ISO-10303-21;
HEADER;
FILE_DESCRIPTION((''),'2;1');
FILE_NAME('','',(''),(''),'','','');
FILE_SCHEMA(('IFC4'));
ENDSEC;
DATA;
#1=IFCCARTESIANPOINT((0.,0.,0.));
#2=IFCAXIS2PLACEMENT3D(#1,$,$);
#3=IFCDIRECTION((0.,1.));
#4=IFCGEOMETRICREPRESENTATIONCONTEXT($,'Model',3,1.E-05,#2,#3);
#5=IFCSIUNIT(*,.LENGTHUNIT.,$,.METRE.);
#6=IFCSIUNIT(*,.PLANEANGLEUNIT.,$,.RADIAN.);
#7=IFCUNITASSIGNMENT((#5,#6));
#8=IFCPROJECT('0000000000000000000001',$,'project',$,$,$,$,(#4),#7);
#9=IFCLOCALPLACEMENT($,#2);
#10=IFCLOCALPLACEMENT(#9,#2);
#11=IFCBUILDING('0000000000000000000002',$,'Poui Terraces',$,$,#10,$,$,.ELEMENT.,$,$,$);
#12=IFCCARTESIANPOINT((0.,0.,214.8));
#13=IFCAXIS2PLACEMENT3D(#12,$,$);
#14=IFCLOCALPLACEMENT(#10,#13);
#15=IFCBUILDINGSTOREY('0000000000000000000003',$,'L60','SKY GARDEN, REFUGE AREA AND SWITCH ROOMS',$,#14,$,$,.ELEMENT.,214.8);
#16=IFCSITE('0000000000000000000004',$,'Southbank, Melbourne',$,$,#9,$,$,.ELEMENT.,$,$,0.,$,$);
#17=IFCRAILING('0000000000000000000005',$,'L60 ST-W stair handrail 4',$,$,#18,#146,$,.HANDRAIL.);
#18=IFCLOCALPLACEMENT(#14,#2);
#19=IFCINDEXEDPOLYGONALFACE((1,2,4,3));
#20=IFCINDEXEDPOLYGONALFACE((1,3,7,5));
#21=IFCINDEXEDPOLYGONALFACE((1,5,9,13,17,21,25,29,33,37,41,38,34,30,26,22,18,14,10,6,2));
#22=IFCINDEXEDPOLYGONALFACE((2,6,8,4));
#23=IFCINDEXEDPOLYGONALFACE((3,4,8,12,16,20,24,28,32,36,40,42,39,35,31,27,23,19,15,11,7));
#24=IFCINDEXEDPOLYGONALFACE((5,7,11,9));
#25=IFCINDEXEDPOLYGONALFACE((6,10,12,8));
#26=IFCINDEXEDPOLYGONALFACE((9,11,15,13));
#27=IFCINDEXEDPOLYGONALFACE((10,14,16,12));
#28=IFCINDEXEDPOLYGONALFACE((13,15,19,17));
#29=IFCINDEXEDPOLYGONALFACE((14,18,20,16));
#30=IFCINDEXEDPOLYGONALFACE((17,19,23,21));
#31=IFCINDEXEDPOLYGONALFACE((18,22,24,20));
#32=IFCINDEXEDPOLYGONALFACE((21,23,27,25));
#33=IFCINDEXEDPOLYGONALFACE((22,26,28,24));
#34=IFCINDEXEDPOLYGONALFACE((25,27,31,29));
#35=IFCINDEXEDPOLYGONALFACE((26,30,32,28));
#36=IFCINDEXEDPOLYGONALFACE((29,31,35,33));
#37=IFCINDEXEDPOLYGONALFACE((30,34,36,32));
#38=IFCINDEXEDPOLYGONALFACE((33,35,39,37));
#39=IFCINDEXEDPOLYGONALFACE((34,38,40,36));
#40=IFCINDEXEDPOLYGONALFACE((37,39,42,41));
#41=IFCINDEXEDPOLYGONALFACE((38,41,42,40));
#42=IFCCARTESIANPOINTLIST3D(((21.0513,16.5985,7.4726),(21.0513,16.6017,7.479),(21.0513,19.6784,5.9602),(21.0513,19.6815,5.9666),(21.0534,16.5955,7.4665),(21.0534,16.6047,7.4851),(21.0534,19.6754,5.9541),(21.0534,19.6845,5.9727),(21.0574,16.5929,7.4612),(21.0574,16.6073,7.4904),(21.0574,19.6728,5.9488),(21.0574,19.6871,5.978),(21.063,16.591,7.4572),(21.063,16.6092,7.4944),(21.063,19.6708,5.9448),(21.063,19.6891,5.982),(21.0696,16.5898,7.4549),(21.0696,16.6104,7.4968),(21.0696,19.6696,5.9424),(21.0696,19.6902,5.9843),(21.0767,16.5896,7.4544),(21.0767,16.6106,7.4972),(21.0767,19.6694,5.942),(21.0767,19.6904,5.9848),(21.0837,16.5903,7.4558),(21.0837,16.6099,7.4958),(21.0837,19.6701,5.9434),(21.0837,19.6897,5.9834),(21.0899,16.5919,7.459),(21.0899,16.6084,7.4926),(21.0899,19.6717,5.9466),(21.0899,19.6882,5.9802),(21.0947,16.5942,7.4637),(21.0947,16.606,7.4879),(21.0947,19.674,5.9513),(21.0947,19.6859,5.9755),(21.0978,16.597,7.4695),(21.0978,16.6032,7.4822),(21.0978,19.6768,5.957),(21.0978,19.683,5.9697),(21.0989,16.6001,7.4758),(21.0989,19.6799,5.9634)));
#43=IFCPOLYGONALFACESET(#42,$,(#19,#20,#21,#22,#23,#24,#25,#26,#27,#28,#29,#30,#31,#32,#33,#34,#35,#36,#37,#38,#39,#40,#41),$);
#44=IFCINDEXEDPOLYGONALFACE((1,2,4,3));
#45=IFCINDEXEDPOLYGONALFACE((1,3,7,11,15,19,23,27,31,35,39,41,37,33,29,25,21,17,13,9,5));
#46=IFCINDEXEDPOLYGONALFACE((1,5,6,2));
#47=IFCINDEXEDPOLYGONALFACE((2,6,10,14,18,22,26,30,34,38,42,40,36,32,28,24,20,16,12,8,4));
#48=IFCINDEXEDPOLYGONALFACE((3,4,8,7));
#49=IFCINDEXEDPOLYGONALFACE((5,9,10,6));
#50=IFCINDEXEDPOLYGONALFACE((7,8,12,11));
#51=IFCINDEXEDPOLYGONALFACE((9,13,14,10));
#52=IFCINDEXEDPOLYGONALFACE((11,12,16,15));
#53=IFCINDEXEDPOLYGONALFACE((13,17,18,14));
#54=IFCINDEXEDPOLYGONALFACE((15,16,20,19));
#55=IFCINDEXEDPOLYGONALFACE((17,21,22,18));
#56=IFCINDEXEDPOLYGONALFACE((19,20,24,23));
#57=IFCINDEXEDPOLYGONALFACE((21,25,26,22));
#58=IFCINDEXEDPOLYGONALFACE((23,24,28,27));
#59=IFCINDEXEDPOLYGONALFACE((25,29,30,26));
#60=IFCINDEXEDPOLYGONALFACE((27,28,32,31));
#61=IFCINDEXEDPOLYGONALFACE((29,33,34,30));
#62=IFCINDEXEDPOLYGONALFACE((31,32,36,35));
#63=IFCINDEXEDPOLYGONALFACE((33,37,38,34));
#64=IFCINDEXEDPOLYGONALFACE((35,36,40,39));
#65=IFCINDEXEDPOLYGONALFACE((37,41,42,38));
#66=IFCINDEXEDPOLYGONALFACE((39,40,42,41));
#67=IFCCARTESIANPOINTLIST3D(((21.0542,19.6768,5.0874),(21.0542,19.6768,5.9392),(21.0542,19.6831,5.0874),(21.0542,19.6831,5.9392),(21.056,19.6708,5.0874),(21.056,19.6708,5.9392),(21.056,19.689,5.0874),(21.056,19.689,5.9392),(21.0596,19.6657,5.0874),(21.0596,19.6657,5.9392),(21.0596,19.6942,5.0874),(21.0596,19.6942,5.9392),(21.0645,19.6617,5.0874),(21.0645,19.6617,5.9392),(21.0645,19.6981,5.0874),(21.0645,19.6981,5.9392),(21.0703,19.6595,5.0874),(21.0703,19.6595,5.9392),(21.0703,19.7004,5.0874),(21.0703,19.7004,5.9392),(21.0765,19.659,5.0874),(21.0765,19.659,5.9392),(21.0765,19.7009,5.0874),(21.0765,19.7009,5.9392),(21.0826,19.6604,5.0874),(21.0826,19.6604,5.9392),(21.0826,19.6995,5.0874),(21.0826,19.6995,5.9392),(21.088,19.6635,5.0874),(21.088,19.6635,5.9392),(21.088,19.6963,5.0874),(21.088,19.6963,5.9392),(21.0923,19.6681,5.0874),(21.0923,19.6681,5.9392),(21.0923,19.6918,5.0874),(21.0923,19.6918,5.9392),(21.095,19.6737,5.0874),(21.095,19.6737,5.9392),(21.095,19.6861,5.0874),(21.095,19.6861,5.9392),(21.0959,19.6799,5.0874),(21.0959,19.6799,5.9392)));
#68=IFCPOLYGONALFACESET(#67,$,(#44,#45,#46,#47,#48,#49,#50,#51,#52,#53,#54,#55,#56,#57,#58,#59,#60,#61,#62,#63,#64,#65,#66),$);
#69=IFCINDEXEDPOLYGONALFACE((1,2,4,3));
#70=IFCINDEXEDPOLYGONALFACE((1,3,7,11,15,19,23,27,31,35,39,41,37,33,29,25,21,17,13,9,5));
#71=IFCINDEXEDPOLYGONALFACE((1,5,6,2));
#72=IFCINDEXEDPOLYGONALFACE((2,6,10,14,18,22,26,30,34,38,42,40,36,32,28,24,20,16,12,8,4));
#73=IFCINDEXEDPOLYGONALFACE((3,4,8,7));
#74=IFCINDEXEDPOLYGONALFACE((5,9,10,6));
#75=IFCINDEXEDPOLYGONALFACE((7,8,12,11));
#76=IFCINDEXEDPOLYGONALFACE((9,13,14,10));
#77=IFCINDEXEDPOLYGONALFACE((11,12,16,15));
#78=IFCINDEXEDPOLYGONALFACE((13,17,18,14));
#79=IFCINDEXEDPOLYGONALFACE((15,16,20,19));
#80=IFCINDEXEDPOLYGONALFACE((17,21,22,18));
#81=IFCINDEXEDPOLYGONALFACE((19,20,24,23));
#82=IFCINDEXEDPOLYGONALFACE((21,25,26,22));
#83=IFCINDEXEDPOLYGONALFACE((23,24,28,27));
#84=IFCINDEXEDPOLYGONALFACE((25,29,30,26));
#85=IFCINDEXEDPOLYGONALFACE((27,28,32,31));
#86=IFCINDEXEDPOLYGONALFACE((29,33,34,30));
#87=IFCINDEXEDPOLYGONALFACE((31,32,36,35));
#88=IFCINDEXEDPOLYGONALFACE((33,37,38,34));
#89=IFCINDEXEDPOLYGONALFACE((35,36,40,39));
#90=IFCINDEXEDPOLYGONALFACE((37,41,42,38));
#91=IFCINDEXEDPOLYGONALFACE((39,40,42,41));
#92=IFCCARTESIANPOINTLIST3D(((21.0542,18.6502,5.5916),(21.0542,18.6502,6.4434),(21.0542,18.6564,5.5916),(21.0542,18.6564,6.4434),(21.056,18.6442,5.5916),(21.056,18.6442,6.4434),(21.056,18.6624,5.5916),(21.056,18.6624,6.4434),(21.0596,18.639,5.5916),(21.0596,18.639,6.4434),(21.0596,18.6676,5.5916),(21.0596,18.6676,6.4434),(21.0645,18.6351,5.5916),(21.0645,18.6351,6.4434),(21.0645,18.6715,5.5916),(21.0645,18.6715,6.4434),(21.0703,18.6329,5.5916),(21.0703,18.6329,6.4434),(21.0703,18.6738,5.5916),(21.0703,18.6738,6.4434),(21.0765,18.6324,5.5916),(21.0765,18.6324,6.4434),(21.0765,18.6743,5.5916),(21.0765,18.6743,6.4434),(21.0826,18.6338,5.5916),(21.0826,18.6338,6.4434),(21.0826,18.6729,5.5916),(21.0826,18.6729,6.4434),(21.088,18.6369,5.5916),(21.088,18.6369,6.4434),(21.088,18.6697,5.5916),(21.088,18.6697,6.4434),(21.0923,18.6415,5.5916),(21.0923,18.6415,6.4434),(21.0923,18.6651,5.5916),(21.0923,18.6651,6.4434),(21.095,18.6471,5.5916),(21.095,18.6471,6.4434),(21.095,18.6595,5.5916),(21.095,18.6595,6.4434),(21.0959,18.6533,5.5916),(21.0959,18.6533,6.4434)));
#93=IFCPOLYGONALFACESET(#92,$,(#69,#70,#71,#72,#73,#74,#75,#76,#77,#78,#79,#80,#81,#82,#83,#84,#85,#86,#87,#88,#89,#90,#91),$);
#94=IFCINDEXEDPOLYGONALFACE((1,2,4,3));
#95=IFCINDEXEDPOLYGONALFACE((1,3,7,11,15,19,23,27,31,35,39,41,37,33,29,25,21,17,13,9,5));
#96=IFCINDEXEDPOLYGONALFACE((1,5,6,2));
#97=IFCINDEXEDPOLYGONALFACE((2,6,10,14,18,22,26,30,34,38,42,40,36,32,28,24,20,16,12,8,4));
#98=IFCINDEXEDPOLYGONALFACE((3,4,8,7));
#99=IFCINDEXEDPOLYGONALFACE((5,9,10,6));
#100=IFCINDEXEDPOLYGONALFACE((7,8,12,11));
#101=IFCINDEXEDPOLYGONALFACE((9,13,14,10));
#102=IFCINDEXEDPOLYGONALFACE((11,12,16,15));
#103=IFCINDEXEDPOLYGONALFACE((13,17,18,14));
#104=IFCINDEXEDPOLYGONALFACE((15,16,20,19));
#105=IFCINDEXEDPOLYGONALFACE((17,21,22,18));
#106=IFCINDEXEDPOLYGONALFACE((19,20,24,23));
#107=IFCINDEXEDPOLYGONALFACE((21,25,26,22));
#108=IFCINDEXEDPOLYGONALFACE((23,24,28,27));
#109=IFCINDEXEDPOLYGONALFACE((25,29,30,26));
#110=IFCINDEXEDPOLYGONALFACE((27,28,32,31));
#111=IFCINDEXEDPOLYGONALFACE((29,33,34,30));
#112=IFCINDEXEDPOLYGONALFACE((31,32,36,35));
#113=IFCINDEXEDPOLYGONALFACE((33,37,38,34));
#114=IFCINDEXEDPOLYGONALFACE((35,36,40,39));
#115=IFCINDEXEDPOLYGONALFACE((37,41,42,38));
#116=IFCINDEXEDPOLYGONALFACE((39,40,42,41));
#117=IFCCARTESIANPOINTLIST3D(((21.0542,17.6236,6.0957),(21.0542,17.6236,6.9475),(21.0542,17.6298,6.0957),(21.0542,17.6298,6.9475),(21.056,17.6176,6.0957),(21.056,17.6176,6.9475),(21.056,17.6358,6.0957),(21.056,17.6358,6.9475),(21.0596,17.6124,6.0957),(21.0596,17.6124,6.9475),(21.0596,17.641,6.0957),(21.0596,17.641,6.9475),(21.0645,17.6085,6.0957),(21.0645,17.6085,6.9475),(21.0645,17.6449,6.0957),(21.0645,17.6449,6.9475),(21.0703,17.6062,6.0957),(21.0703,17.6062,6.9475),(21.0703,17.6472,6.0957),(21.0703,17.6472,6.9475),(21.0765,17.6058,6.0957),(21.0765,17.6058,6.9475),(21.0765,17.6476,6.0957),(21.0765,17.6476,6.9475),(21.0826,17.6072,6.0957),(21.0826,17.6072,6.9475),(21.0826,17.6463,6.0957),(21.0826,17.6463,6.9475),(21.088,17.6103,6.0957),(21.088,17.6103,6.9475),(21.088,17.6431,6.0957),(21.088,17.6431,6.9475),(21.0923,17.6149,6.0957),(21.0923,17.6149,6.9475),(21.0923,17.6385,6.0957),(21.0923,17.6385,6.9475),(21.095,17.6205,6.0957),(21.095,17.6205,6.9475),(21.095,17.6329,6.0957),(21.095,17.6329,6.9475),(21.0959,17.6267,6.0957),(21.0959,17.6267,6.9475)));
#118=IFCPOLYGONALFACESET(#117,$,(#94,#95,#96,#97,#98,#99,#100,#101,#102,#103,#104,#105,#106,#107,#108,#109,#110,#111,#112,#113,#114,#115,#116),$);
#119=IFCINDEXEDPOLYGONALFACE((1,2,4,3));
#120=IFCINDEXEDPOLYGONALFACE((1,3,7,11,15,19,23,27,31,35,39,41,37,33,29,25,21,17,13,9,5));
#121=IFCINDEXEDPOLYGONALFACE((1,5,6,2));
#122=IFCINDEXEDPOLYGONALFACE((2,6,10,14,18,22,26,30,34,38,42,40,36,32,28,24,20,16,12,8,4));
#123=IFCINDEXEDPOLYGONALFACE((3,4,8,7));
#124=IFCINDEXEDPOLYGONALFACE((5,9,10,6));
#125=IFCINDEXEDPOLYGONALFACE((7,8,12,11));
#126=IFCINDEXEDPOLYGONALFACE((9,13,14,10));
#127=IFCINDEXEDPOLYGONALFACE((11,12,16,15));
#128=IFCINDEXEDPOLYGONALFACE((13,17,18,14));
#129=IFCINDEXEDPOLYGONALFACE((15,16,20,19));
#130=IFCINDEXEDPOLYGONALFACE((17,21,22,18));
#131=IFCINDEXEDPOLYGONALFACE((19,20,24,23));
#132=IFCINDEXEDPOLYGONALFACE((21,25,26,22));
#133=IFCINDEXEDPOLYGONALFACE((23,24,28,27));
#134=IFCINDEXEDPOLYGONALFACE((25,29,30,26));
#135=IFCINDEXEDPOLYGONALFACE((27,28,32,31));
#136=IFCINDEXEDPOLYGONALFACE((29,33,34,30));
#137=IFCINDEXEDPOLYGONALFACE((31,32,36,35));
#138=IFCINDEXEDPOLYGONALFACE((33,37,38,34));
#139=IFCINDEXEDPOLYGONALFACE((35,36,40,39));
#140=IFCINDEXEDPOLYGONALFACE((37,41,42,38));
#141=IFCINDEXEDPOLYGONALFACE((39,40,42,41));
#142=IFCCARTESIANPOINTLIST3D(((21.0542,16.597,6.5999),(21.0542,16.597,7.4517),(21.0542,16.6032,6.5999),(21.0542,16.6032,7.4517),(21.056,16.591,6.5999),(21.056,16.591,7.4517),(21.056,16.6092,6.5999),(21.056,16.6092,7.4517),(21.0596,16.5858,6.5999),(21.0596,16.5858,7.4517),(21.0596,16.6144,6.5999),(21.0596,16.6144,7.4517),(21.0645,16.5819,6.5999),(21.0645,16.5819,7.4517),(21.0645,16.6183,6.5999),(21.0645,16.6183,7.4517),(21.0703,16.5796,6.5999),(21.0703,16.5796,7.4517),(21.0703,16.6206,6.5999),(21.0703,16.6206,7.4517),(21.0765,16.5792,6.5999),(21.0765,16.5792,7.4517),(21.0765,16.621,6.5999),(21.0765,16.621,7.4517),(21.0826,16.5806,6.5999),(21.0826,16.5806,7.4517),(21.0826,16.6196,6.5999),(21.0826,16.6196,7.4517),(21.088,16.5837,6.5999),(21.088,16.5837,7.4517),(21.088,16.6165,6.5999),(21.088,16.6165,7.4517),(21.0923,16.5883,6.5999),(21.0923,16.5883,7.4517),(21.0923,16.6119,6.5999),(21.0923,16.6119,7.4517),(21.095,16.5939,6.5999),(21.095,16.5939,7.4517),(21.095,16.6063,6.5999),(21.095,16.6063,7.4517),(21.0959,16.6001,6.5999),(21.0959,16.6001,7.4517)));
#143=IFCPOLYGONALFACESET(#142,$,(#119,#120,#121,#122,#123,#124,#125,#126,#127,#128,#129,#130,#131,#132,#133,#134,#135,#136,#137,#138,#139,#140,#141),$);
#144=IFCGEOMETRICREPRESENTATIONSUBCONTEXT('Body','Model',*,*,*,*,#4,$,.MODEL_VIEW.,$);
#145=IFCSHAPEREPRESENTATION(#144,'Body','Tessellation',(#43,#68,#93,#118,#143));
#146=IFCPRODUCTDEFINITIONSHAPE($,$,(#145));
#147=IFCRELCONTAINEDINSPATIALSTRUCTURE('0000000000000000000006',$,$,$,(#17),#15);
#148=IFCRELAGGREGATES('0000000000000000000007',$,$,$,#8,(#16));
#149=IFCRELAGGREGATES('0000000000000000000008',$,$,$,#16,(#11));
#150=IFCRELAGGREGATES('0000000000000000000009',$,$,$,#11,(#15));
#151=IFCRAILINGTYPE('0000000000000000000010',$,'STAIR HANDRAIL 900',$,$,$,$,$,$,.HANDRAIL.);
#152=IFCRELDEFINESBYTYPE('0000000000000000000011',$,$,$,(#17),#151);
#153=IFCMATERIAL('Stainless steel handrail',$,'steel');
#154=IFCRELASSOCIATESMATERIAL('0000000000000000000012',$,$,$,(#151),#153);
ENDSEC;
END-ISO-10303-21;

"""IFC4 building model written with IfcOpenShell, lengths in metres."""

from ifc_helpers import new_model, si_unit, direction, frame, origin, origin_2d, place, context, subcontext, project, spatial, circle, extrude, material, type_object, element, save


model = new_model("IFC4")

# Units and contexts
model_context = context("Model", 3, precision=1e-05, world=origin(), true_north=direction((0.0, 1.0)))
body_context = subcontext(model_context, "Body", "Model", "MODEL_VIEW")
ifc_project = project(units=[si_unit("LENGTHUNIT", "METRE"), si_unit("PLANEANGLEUNIT", "RADIAN")], contexts=[model_context])

# Site, building, storey
site_placement = place(None, origin())
site = spatial("IfcSite", under=ifc_project, at=site_placement, Name="Southbank, Melbourne", CompositionType="ELEMENT", RefElevation=0.0)
building_placement = place(site_placement, origin())
building = spatial("IfcBuilding", under=site, at=building_placement, Name="Poui Terraces", CompositionType="ELEMENT")
storey_placement = place(building_placement, frame((0.0, 0.0, 214.8)))
storey = spatial("IfcBuildingStorey", under=building, at=storey_placement, Name="L60", Description="SKY GARDEN, REFUGE AREA AND SWITCH ROOMS", CompositionType="ELEMENT", Elevation=214.8)

# Railing
ifc_material_1 = material(Name="Stainless steel handrail", Category="steel")
railing_type = type_object("IfcRailingType", Name="STAIR HANDRAIL 900", PredefinedType="HANDRAIL", material=ifc_material_1)
railing_1_placement = place(storey_placement, frame((21.075, 19.6799, 5.0874)))
element("IfcRailing", 1, at=railing_1_placement, inside=storey, type_object=railing_type, Name="L60 ST-W stair handrail 4", PredefinedType="HANDRAIL", context=body_context, shape_type="SweptSolid", body=[
    extrude(circle(Radius=0.0239, at=origin_2d()), frame((0.0, 0.0, 0.876), z_axis=(0.0, -0.897606, 0.440798), x_axis=(1.0, 0.0, 0.0)), (0.0, 0.0, 1.0), 3.4312),
    extrude(circle(Radius=0.021, at=origin_2d()), origin(), (0.0, 0.0, 1.0), 0.8518),
    extrude(circle(Radius=0.021, at=origin_2d()), frame((0.0, -1.0266, 0.5042)), (0.0, 0.0, 1.0), 0.8518),
    extrude(circle(Radius=0.021, at=origin_2d()), frame((0.0, -2.0532, 1.0083)), (0.0, 0.0, 1.0), 0.8518),
    extrude(circle(Radius=0.021, at=origin_2d()), frame((0.0, -3.0798, 1.5125)), (0.0, 0.0, 1.0), 0.8518),
])

save(model, "model.ifc")
